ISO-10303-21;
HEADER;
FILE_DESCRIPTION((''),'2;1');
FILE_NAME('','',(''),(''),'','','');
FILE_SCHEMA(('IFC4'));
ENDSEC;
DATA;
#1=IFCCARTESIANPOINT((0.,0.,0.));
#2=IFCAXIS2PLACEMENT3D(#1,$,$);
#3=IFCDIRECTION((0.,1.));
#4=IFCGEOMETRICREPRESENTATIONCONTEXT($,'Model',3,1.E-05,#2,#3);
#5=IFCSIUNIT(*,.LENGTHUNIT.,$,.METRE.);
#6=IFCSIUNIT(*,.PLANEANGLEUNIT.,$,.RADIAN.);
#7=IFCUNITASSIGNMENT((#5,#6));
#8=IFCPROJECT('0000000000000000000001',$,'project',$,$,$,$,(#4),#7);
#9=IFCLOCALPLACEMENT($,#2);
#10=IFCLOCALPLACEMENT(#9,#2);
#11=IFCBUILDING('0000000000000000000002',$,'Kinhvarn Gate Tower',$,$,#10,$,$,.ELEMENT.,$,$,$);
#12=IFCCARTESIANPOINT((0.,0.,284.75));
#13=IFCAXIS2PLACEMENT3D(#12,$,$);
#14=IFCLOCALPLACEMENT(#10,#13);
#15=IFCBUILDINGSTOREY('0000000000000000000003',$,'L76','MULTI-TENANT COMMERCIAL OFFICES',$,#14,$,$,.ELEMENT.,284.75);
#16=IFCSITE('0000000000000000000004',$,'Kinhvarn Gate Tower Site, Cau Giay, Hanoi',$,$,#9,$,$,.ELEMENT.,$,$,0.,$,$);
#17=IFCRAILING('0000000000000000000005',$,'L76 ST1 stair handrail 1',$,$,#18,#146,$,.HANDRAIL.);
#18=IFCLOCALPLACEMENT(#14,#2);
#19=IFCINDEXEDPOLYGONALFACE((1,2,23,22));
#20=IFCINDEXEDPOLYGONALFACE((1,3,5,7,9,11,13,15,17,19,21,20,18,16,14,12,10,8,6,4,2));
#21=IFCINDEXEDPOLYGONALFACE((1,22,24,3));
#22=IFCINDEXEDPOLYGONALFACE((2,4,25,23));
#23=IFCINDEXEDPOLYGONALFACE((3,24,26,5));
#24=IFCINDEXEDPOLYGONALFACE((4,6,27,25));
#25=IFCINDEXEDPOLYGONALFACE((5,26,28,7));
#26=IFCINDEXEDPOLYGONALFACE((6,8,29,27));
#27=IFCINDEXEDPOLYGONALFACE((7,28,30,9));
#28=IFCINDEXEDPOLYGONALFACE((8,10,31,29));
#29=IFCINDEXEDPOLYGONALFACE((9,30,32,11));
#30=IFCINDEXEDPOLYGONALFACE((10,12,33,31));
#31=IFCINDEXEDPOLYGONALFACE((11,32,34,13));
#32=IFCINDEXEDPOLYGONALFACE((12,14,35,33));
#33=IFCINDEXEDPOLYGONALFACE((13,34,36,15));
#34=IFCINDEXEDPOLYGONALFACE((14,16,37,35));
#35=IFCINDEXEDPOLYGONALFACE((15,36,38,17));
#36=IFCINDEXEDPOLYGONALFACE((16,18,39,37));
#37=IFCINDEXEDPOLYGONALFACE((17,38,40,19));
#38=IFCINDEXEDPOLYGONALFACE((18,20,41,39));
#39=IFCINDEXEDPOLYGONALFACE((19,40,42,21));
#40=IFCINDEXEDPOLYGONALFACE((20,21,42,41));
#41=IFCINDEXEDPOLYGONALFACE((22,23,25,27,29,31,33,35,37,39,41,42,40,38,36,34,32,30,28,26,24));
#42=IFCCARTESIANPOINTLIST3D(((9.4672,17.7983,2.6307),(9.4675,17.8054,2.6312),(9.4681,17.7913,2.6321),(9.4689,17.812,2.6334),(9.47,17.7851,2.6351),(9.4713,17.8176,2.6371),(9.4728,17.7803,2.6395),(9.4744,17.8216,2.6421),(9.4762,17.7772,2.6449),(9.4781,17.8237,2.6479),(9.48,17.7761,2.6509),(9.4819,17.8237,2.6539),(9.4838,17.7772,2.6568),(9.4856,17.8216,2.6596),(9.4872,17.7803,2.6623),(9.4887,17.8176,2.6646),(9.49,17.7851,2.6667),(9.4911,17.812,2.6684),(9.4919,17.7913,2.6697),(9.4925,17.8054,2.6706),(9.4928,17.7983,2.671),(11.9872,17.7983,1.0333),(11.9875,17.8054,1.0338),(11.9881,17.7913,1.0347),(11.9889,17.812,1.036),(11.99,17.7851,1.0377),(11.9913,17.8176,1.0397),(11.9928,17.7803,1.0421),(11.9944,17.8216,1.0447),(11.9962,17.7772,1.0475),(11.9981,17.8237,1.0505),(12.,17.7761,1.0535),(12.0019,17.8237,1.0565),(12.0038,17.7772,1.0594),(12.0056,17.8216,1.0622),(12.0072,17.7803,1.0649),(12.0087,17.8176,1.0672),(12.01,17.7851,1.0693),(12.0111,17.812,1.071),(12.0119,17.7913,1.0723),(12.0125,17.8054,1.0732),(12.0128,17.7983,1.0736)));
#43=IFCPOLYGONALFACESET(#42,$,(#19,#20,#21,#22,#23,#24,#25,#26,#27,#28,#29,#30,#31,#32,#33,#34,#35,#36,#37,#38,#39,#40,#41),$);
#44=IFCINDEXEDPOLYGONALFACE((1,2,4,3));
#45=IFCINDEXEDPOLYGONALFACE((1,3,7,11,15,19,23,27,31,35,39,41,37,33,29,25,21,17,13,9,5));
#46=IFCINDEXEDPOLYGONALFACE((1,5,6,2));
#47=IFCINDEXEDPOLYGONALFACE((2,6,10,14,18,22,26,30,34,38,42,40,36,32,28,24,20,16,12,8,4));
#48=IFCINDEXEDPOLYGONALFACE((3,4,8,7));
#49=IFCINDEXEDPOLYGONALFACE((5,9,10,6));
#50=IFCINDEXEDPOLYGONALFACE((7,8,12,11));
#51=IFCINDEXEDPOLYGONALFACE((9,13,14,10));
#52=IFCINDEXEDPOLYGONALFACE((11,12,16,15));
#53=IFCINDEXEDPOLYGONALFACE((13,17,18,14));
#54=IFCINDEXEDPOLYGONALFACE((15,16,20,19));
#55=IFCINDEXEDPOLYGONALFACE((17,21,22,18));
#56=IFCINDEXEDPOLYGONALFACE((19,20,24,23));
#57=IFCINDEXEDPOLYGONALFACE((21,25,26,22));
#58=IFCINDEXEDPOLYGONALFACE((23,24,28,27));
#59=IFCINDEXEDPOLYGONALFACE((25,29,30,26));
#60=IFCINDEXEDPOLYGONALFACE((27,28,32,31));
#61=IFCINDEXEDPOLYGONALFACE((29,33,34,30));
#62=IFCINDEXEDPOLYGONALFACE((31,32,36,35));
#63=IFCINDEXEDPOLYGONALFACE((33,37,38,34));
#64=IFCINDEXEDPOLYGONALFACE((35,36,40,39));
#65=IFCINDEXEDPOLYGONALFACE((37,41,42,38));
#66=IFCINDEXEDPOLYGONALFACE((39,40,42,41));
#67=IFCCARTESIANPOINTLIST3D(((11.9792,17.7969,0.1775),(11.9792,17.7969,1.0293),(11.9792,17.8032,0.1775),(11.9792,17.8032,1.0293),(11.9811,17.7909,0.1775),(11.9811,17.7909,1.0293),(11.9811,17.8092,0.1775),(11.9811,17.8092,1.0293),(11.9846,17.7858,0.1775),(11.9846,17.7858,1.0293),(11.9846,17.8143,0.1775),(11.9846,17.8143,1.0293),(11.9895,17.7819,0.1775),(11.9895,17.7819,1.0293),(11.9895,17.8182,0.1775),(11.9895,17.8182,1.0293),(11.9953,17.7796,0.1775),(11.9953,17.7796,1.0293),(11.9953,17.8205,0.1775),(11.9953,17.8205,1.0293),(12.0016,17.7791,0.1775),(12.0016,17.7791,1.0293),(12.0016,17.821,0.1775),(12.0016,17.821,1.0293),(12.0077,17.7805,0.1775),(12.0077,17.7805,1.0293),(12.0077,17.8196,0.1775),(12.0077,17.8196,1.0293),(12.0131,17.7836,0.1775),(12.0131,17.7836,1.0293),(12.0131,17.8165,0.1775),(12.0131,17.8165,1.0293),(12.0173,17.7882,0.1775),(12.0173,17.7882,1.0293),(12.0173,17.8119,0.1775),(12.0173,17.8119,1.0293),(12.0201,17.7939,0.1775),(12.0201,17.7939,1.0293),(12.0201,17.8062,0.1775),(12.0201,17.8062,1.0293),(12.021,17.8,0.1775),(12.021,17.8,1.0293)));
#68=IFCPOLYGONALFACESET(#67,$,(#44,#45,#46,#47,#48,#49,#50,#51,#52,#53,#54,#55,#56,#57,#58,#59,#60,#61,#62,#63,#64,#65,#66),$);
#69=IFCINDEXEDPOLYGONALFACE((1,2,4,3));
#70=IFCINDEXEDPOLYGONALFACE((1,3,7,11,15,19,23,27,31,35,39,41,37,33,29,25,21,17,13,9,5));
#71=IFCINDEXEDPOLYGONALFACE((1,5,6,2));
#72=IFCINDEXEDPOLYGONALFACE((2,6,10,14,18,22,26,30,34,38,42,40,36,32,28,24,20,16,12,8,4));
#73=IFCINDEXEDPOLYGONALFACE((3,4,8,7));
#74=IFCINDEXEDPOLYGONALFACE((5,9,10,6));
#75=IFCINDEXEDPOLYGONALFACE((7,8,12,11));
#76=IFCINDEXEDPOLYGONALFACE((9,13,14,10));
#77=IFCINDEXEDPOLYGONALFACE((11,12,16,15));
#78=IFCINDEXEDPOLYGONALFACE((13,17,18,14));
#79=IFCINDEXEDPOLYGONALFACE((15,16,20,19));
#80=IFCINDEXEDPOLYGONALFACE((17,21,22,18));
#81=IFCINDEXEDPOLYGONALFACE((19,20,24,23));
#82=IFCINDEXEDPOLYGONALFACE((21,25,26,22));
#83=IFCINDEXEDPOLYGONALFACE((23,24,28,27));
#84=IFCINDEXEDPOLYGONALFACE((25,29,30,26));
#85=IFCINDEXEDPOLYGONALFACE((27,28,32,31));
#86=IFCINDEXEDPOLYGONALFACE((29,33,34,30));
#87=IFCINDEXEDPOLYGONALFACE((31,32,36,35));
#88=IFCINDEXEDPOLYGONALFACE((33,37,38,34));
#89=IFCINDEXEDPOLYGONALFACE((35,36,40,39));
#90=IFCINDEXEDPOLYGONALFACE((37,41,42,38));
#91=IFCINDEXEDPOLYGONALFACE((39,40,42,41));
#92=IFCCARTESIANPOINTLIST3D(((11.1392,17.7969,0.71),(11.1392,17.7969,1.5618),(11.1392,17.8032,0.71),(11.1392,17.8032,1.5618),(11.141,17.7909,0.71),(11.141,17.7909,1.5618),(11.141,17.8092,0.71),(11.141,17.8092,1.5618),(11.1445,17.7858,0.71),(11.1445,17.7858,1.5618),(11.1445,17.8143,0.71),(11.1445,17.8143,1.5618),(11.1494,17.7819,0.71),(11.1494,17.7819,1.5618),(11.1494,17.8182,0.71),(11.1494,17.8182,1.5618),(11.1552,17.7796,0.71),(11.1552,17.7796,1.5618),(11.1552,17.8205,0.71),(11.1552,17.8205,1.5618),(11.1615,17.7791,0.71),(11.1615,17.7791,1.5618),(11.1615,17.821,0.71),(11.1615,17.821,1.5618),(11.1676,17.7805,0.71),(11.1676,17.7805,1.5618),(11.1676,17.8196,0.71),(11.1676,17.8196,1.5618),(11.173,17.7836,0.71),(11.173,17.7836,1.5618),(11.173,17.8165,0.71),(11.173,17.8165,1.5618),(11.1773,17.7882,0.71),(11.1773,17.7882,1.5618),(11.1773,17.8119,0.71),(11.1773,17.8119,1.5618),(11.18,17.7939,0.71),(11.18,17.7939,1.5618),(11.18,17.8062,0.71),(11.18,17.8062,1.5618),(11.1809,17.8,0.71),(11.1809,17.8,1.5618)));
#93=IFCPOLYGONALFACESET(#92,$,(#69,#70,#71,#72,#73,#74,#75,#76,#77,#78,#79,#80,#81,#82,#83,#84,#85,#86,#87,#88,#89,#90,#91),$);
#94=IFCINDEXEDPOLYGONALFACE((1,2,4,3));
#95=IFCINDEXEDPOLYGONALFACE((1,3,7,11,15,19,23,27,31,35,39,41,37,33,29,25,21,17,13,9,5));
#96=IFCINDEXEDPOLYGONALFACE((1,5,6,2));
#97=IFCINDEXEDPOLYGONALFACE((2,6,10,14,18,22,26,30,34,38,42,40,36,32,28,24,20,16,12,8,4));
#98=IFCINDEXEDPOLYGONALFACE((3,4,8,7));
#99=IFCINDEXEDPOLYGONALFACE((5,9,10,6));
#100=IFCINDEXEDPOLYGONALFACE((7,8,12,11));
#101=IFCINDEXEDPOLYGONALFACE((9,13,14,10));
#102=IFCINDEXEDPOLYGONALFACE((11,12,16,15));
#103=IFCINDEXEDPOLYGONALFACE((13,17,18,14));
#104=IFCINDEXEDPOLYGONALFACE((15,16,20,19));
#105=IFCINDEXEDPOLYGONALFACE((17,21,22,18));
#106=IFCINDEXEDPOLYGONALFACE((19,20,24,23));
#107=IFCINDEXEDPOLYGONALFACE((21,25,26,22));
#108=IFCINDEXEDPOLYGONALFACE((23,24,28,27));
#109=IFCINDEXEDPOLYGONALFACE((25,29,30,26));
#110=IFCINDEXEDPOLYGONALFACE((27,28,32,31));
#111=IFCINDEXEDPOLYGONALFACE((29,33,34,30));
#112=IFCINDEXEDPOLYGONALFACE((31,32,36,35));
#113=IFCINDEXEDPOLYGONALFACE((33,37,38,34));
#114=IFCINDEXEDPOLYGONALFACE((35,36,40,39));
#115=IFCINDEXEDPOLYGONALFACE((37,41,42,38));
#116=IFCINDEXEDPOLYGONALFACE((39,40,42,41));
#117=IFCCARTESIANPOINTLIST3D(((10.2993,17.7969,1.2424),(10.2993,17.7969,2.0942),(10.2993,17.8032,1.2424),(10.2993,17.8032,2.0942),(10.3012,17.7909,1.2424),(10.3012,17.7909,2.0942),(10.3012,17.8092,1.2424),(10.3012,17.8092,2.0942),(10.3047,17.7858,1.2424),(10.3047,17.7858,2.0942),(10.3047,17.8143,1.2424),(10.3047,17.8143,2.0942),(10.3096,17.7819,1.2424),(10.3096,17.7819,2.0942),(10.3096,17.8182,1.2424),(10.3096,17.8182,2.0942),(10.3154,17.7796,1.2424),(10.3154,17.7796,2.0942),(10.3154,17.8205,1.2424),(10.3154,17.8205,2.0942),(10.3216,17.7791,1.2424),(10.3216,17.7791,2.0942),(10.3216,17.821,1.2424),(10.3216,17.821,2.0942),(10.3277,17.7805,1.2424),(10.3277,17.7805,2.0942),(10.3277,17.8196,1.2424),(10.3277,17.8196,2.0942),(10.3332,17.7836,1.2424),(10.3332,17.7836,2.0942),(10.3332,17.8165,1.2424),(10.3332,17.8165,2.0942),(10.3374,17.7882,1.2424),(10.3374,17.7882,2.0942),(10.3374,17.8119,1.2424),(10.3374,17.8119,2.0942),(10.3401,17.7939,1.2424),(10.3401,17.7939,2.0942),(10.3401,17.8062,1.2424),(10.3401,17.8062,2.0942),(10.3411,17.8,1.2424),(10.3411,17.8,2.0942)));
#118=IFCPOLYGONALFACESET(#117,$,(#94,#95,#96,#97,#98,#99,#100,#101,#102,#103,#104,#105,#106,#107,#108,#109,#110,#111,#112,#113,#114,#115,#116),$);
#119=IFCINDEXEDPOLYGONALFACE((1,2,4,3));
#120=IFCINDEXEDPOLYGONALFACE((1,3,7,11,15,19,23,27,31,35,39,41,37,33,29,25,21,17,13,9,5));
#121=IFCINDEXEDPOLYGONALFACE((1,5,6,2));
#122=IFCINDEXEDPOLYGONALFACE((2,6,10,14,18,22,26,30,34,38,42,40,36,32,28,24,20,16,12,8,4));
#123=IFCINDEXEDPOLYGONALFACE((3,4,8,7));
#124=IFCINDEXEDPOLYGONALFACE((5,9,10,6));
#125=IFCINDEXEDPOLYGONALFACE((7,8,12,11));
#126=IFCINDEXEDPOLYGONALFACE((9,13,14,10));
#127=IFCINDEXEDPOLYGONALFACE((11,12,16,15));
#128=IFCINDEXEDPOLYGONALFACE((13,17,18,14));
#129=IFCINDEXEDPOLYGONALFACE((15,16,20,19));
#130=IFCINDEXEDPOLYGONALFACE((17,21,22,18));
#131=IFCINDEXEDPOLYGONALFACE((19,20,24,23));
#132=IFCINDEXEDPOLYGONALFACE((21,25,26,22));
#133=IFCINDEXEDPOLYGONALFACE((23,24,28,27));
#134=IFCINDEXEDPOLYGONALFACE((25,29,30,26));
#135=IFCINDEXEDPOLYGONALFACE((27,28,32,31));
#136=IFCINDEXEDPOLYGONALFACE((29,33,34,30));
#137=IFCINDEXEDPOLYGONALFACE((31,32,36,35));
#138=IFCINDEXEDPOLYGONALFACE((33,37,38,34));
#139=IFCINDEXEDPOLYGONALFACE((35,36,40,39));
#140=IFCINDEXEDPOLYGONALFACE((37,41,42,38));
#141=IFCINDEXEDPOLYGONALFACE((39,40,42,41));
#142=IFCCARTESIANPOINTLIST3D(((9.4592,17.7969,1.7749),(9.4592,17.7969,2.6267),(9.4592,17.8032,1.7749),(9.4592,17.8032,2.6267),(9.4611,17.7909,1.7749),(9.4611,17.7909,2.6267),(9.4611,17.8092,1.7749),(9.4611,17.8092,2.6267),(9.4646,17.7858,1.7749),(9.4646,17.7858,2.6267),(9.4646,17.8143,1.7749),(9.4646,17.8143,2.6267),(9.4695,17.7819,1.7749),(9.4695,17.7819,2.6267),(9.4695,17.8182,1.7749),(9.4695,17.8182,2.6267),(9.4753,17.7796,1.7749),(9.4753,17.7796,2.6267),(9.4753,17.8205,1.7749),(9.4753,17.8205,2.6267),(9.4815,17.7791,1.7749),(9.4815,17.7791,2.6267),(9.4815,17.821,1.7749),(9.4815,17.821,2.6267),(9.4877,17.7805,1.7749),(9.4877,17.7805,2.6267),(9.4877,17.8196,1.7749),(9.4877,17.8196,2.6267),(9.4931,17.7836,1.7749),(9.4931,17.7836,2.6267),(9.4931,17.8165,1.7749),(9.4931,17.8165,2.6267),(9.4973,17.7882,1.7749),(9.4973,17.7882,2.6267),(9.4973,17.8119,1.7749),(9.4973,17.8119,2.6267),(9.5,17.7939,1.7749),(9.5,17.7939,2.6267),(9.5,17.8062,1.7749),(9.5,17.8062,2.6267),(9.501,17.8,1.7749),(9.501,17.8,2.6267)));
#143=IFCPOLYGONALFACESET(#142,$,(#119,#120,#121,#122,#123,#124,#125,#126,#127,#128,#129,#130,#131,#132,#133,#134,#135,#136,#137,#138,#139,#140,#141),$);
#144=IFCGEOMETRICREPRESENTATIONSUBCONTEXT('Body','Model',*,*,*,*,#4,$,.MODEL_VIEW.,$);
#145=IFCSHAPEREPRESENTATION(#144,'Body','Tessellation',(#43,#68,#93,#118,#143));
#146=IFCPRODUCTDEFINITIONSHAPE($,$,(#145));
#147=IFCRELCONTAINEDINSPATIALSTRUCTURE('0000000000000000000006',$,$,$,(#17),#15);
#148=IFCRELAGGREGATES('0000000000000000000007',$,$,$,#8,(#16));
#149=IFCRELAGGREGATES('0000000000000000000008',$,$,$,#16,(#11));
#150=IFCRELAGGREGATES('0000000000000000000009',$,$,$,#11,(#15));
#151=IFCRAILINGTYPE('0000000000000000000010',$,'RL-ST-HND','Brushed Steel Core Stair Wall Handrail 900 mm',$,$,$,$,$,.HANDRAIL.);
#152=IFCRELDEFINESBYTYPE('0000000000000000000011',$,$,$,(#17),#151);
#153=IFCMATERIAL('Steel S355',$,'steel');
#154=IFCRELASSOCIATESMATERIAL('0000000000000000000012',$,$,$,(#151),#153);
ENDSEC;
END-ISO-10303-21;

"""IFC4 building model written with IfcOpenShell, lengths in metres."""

from ifc_helpers import new_model, si_unit, direction, frame, origin, origin_2d, place, context, subcontext, project, spatial, circle, extrude, material, type_object, element, save


model = new_model("IFC4")

# Units and contexts
model_context = context("Model", 3, precision=1e-05, world=origin(), true_north=direction((0.0, 1.0)))
body_context = subcontext(model_context, "Body", "Model", "MODEL_VIEW")
ifc_project = project(units=[si_unit("LENGTHUNIT", "METRE"), si_unit("PLANEANGLEUNIT", "RADIAN")], contexts=[model_context])

# Site, building, storey
site_placement = place(None, origin())
site = spatial("IfcSite", under=ifc_project, at=site_placement, Name="Kinhvarn Gate Tower Site, Cau Giay, Hanoi", CompositionType="ELEMENT", RefElevation=0.0)
building_placement = place(site_placement, origin())
building = spatial("IfcBuilding", under=site, at=building_placement, Name="Kinhvarn Gate Tower", CompositionType="ELEMENT")
storey_placement = place(building_placement, frame((0.0, 0.0, 284.75)))
storey = spatial("IfcBuildingStorey", under=building, at=storey_placement, Name="L76", Description="MULTI-TENANT COMMERCIAL OFFICES", CompositionType="ELEMENT", Elevation=284.75)

# Shared definitions
ifc_material_1 = material(Name="Steel S355", Category="steel")

# Railing
railing_type_1 = type_object("IfcRailingType", Name="RL-ST-HND", Description="Brushed Steel Core Stair Wall Handrail 900 mm", PredefinedType="HANDRAIL", material=ifc_material_1)
railing_1_placement = place(storey_placement, frame((12.0, 17.8, 0.1775)))
element("IfcRailing", 1, at=railing_1_placement, inside=storey, type_object=railing_type_1, Name="L76 ST1 stair handrail 1", PredefinedType="HANDRAIL", context=body_context, shape_type="SweptSolid", body=[
    extrude(circle(Radius=0.0239, at=origin_2d()), frame((0.0, 0.0, 0.876), z_axis=(-0.844607, 0.0, 0.535387), x_axis=(0.0, -1.0, 0.0)), (0.0, 0.0, 1.0), 2.9836),
    extrude(circle(Radius=0.021, at=origin_2d()), origin(), (0.0, 0.0, 1.0), 0.8518),
    extrude(circle(Radius=0.021, at=origin_2d()), frame((-0.8401, 0.0, 0.5325)), (0.0, 0.0, 1.0), 0.8518),
    extrude(circle(Radius=0.021, at=origin_2d()), frame((-1.6799, 0.0, 1.0649)), (0.0, 0.0, 1.0), 0.8518),
    extrude(circle(Radius=0.021, at=origin_2d()), frame((-2.52, 0.0, 1.5974)), (0.0, 0.0, 1.0), 0.8518),
])

save(model, "model.ifc")
